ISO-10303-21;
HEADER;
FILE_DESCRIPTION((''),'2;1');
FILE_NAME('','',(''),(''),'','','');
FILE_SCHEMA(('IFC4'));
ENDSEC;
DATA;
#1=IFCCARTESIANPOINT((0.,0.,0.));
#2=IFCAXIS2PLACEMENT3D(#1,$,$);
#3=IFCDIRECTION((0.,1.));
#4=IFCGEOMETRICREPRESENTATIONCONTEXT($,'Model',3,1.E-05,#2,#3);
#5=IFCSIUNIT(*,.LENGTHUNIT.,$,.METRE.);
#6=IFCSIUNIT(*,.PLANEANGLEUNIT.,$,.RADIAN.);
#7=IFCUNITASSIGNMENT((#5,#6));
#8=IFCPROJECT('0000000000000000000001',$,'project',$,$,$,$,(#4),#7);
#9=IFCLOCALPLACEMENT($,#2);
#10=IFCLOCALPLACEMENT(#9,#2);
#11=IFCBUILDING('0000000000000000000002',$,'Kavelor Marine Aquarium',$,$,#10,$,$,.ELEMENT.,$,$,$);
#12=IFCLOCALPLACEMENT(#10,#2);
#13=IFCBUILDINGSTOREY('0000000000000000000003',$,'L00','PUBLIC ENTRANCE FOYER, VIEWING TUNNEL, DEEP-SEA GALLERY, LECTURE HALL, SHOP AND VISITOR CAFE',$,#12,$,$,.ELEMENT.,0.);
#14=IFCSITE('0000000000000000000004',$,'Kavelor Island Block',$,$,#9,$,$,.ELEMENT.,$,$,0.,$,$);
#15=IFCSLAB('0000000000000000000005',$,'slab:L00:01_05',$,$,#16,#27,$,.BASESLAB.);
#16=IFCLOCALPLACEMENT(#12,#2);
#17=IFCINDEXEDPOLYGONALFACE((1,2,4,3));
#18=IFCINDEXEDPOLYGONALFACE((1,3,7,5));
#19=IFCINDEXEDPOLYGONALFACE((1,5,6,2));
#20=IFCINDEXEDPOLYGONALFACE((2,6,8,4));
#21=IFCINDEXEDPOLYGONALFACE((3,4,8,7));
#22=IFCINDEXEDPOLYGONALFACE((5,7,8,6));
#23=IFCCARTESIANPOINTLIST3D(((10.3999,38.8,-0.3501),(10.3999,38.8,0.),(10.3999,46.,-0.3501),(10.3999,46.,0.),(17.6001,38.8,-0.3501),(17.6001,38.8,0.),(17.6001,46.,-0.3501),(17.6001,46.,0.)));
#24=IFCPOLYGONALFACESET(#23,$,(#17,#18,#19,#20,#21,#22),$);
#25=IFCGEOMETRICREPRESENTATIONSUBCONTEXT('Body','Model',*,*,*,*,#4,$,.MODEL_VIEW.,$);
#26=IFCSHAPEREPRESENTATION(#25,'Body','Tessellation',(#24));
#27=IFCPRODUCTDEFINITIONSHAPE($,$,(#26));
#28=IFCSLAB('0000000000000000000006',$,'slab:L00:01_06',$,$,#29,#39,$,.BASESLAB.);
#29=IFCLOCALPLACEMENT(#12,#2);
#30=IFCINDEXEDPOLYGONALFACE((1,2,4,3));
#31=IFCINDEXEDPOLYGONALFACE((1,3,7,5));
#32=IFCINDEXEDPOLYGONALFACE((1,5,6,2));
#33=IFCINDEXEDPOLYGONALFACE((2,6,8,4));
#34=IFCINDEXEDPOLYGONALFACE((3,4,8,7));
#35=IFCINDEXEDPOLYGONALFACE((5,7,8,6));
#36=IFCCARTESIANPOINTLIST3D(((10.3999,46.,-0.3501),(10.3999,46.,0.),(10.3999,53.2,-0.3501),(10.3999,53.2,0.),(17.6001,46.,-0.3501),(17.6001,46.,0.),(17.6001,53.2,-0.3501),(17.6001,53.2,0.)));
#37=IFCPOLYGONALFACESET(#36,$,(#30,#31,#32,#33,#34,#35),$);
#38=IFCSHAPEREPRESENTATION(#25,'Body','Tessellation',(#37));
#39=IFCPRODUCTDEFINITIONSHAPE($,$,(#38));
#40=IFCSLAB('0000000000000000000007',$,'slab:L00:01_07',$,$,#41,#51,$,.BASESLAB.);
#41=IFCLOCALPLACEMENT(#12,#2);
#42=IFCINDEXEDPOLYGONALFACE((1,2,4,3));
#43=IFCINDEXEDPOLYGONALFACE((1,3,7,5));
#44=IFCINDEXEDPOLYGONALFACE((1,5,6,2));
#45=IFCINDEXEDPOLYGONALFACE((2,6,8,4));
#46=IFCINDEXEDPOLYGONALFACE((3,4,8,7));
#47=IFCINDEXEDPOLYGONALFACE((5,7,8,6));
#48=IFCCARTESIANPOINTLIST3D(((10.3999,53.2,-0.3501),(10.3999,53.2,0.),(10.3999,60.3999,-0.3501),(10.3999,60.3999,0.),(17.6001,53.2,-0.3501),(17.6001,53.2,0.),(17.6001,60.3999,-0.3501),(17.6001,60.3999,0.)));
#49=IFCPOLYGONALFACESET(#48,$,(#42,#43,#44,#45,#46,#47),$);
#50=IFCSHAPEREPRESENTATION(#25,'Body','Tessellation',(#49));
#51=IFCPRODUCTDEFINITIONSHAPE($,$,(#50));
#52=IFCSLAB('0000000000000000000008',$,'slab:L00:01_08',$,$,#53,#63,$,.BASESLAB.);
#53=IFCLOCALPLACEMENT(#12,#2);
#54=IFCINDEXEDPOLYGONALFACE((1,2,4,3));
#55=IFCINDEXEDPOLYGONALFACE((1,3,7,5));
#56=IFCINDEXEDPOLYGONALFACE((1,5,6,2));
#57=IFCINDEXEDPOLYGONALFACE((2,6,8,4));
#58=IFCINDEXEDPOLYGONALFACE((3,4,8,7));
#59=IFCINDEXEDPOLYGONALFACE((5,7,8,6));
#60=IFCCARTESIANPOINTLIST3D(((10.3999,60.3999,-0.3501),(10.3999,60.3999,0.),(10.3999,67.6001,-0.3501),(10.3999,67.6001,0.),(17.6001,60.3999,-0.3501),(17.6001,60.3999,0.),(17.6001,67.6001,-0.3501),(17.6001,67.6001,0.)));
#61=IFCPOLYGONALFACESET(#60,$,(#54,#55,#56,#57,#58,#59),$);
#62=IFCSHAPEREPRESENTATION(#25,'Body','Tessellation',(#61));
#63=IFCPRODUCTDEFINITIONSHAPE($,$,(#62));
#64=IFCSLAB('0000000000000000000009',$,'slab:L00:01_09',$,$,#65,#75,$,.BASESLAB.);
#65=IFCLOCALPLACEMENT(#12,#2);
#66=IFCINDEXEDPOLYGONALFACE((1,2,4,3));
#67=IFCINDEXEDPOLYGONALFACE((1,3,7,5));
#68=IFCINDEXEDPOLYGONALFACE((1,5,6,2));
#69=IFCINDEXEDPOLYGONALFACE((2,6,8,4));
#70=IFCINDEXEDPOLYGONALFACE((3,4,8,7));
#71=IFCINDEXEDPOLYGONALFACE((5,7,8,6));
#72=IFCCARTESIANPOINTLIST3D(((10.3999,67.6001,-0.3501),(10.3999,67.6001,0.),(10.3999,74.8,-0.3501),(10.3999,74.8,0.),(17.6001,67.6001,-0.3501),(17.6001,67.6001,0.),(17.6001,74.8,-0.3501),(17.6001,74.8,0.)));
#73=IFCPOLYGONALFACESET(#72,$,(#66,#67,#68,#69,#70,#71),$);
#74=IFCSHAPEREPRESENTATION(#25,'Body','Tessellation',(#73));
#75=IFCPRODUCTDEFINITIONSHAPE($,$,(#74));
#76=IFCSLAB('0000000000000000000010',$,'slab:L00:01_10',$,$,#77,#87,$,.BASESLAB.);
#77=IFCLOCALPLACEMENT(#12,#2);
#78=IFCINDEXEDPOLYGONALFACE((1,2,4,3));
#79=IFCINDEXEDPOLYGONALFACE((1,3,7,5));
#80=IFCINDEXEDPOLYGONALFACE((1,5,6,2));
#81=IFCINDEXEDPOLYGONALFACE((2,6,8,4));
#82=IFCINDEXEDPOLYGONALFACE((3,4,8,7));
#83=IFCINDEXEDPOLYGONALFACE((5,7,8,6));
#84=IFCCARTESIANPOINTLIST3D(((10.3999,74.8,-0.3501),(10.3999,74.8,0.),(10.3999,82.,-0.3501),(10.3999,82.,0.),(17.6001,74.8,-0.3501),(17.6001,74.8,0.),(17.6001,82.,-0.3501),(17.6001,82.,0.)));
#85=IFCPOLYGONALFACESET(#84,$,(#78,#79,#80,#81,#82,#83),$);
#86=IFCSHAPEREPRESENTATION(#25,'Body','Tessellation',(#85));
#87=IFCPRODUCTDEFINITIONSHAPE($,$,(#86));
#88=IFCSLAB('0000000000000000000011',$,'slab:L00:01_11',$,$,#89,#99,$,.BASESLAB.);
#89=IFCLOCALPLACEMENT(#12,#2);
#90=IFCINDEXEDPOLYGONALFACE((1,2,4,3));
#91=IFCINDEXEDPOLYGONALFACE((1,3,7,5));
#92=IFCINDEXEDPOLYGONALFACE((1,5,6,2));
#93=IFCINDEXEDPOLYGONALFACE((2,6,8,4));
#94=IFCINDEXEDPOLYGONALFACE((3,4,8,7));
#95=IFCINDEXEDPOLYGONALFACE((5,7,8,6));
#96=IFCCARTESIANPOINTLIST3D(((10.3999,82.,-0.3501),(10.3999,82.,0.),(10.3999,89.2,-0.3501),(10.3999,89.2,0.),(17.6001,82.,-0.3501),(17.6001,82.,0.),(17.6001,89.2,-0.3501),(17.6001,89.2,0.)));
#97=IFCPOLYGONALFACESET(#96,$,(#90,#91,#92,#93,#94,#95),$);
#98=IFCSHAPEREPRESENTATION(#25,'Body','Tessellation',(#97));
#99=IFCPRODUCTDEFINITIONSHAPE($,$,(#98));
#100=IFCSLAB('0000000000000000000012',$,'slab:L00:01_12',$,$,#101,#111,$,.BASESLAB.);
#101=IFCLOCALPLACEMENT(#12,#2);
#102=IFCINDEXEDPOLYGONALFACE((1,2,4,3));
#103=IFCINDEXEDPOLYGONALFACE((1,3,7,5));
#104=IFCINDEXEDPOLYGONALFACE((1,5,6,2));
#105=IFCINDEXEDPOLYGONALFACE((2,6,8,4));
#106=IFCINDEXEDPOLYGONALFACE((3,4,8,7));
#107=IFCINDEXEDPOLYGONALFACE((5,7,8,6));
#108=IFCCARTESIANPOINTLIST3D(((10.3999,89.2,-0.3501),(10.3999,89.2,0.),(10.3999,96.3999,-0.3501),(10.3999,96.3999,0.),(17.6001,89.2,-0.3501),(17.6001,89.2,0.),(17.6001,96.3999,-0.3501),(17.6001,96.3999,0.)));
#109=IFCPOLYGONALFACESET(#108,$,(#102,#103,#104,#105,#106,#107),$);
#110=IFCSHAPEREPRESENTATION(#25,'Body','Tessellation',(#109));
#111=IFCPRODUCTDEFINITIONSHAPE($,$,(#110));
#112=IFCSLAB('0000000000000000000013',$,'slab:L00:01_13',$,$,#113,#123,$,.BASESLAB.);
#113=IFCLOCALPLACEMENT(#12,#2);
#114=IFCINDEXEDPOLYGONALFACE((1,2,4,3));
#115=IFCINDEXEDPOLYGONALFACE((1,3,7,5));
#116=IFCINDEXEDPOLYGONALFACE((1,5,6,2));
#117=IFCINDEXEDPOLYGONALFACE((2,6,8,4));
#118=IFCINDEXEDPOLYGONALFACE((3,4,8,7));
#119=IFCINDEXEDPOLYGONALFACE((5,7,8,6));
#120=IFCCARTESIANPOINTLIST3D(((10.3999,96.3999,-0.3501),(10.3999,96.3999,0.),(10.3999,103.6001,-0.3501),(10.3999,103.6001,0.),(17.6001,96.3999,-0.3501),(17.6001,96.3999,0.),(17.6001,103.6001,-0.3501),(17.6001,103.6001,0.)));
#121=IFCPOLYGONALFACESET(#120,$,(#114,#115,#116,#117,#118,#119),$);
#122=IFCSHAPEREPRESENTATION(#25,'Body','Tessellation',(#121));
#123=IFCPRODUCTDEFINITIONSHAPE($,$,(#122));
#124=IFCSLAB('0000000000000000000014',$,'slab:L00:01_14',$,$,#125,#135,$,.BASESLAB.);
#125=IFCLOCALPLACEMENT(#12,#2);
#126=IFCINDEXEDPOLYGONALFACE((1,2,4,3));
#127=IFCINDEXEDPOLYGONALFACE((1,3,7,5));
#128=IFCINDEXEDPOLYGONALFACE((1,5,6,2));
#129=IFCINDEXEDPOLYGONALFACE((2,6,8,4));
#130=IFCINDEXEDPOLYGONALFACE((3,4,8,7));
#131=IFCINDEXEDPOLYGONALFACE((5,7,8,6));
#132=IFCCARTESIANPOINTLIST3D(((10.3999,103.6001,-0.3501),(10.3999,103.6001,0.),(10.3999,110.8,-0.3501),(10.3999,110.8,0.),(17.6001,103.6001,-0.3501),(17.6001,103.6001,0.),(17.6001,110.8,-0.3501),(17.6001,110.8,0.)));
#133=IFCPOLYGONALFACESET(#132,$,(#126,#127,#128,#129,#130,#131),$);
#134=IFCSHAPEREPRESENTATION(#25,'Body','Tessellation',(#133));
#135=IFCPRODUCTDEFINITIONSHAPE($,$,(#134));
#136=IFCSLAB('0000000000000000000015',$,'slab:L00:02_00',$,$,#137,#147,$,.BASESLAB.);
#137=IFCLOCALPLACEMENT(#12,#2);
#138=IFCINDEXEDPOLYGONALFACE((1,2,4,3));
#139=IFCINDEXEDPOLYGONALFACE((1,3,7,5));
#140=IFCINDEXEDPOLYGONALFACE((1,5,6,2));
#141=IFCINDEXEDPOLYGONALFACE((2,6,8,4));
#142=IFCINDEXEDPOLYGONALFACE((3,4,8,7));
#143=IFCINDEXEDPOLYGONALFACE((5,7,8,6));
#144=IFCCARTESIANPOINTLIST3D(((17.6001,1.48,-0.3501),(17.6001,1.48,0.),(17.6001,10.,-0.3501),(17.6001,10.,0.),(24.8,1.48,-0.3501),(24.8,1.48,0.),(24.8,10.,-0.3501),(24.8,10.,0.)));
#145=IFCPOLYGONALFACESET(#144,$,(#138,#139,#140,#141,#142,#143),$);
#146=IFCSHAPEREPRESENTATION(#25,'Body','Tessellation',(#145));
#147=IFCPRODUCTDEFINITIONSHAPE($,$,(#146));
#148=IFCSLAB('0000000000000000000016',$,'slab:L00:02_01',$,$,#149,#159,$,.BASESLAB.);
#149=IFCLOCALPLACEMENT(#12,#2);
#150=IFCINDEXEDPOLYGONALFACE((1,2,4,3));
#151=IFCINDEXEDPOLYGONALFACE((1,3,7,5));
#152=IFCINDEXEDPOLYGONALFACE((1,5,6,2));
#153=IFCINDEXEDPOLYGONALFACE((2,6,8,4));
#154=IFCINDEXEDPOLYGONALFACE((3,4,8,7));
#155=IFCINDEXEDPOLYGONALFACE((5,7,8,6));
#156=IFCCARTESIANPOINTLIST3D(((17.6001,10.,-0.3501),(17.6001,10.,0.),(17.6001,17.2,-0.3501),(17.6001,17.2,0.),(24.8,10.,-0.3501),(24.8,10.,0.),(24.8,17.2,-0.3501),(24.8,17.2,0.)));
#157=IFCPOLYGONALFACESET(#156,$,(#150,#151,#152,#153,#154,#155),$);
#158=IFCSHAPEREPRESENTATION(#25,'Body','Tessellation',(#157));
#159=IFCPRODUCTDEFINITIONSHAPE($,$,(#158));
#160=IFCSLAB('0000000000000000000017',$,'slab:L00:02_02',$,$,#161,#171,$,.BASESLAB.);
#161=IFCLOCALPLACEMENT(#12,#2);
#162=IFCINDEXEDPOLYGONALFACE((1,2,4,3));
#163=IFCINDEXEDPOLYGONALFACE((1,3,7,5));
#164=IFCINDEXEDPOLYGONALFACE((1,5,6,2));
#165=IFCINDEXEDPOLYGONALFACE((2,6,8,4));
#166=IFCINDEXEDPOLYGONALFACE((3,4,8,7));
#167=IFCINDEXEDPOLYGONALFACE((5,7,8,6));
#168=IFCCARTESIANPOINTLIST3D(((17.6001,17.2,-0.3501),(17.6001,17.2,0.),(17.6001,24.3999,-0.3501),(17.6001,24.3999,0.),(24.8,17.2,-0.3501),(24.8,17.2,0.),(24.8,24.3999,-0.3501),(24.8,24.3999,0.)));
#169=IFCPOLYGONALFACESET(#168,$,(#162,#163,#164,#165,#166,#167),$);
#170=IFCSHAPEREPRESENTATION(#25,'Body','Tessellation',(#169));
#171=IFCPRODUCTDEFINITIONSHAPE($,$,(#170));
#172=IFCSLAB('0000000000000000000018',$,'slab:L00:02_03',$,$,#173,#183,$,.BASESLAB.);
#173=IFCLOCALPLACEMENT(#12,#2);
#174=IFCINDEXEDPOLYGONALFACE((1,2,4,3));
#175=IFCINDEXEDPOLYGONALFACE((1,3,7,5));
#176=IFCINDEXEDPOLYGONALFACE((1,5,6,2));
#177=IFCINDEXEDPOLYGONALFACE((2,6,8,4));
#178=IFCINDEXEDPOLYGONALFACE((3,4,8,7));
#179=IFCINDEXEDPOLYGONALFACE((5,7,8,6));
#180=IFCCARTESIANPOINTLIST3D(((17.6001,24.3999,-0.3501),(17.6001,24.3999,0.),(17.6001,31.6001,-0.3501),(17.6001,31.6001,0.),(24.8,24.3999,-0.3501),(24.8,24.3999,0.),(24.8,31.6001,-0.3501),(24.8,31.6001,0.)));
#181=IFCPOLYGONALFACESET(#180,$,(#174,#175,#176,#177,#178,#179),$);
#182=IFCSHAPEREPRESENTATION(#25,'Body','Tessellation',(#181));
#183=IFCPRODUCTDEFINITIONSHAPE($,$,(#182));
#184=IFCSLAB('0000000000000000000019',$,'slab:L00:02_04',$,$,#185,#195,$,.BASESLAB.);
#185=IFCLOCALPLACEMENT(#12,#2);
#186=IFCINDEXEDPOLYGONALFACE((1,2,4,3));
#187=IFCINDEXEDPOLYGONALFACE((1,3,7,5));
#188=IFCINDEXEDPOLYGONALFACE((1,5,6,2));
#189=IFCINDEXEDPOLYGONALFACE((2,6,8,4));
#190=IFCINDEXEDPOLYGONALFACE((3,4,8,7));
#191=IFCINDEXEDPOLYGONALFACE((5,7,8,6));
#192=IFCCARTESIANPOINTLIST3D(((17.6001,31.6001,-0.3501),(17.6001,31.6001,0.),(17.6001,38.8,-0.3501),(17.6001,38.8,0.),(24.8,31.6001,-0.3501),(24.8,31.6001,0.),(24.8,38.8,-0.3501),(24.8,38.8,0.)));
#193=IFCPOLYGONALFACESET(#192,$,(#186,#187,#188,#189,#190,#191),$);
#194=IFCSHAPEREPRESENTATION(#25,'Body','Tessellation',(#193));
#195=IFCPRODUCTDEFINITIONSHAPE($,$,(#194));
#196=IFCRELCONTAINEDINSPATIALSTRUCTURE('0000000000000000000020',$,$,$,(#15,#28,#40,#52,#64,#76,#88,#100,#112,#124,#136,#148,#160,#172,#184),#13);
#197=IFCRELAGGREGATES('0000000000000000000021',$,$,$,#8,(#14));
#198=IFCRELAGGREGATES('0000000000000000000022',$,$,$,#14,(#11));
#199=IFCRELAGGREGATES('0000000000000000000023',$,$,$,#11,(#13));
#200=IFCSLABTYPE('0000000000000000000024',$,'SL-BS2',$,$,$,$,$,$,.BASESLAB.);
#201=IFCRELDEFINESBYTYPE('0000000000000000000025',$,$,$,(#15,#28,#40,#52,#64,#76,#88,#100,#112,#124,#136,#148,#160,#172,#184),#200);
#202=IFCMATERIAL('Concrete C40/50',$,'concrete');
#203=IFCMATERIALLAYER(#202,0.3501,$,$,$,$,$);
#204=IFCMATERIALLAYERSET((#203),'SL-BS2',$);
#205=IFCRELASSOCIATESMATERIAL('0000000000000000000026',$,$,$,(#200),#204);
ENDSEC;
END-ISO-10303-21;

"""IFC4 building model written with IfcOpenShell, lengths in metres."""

from ifc_helpers import new_model, si_unit, direction, frame, origin, place, context, subcontext, project, spatial, polyline, outline, extrude, material, layer, layer_set, type_object, element, save


model = new_model("IFC4")

# Units and contexts
model_context = context("Model", 3, precision=1e-05, world=origin(), true_north=direction((0.0, 1.0)))
body_context = subcontext(model_context, "Body", "Model", "MODEL_VIEW")
ifc_project = project(units=[si_unit("LENGTHUNIT", "METRE"), si_unit("PLANEANGLEUNIT", "RADIAN")], contexts=[model_context])

# Site, building, storey
site_placement = place(None, origin())
site = spatial("IfcSite", under=ifc_project, at=site_placement, Name="Kavelor Island Block", CompositionType="ELEMENT", RefElevation=0.0)
building_placement = place(site_placement, origin())
building = spatial("IfcBuilding", under=site, at=building_placement, Name="Kavelor Marine Aquarium", CompositionType="ELEMENT")
storey_placement = place(building_placement, origin())
storey = spatial("IfcBuildingStorey", under=building, at=storey_placement, Name="L00", Description="PUBLIC ENTRANCE FOYER, VIEWING TUNNEL, DEEP-SEA GALLERY, LECTURE HALL, SHOP AND VISITOR CAFE", CompositionType="ELEMENT", Elevation=0.0)

# Slabs
ifc_material = material(Name="Concrete C40/50", Category="concrete")
ifc_layer = layer(ifc_material, 0.3501)
ifc_layer_set = layer_set([ifc_layer], Name="SL-BS2")
slab_type = type_object("IfcSlabType", Name="SL-BS2", PredefinedType="BASESLAB", material=ifc_layer_set)
slab_1_placement = place(storey_placement, frame((0.0, 0.0, -0.3501)))
element("IfcSlab", 1, at=slab_1_placement, inside=storey, type_object=slab_type, Name="slab:L00:01_05", PredefinedType="BASESLAB", context=body_context, shape_type="SweptSolid", body=[
    extrude(outline(polyline([(10.3999, 38.8), (17.6001, 38.8), (17.6001, 46.0), (10.3999, 46.0), (10.3999, 38.8)])), origin(), (0.0, 0.0, 1.0), 0.3501),
])
slab_2_placement = place(storey_placement, frame((0.0, 0.0, -0.3501)))
element("IfcSlab", 2, at=slab_2_placement, inside=storey, type_object=slab_type, Name="slab:L00:01_06", PredefinedType="BASESLAB", context=body_context, shape_type="SweptSolid", body=[
    extrude(outline(polyline([(10.3999, 46.0), (17.6001, 46.0), (17.6001, 53.2), (10.3999, 53.2), (10.3999, 46.0)])), origin(), (0.0, 0.0, 1.0), 0.3501),
])
slab_3_placement = place(storey_placement, frame((0.0, 0.0, -0.3501)))
element("IfcSlab", 3, at=slab_3_placement, inside=storey, type_object=slab_type, Name="slab:L00:01_07", PredefinedType="BASESLAB", context=body_context, shape_type="SweptSolid", body=[
    extrude(outline(polyline([(10.3999, 53.2), (17.6001, 53.2), (17.6001, 60.3999), (10.3999, 60.3999), (10.3999, 53.2)])), origin(), (0.0, 0.0, 1.0), 0.3501),
])
slab_4_placement = place(storey_placement, frame((0.0, 0.0, -0.3501)))
element("IfcSlab", 4, at=slab_4_placement, inside=storey, type_object=slab_type, Name="slab:L00:01_08", PredefinedType="BASESLAB", context=body_context, shape_type="SweptSolid", body=[
    extrude(outline(polyline([(10.3999, 60.3999), (17.6001, 60.3999), (17.6001, 67.6001), (10.3999, 67.6001), (10.3999, 60.3999)])), origin(), (0.0, 0.0, 1.0), 0.3501),
])
slab_5_placement = place(storey_placement, frame((0.0, 0.0, -0.3501)))
element("IfcSlab", 5, at=slab_5_placement, inside=storey, type_object=slab_type, Name="slab:L00:01_09", PredefinedType="BASESLAB", context=body_context, shape_type="SweptSolid", body=[
    extrude(outline(polyline([(10.3999, 67.6001), (17.6001, 67.6001), (17.6001, 74.8), (10.3999, 74.8), (10.3999, 67.6001)])), origin(), (0.0, 0.0, 1.0), 0.3501),
])
slab_6_placement = place(storey_placement, frame((0.0, 0.0, -0.3501)))
element("IfcSlab", 6, at=slab_6_placement, inside=storey, type_object=slab_type, Name="slab:L00:01_10", PredefinedType="BASESLAB", context=body_context, shape_type="SweptSolid", body=[
    extrude(outline(polyline([(10.3999, 74.8), (17.6001, 74.8), (17.6001, 82.0), (10.3999, 82.0), (10.3999, 74.8)])), origin(), (0.0, 0.0, 1.0), 0.3501),
])
slab_7_placement = place(storey_placement, frame((0.0, 0.0, -0.3501)))
element("IfcSlab", 7, at=slab_7_placement, inside=storey, type_object=slab_type, Name="slab:L00:01_11", PredefinedType="BASESLAB", context=body_context, shape_type="SweptSolid", body=[
    extrude(outline(polyline([(10.3999, 82.0), (17.6001, 82.0), (17.6001, 89.2), (10.3999, 89.2), (10.3999, 82.0)])), origin(), (0.0, 0.0, 1.0), 0.3501),
])
slab_8_placement = place(storey_placement, frame((0.0, 0.0, -0.3501)))
element("IfcSlab", 8, at=slab_8_placement, inside=storey, type_object=slab_type, Name="slab:L00:01_12", PredefinedType="BASESLAB", context=body_context, shape_type="SweptSolid", body=[
    extrude(outline(polyline([(10.3999, 89.2), (17.6001, 89.2), (17.6001, 96.3999), (10.3999, 96.3999), (10.3999, 89.2)])), origin(), (0.0, 0.0, 1.0), 0.3501),
])
slab_9_placement = place(storey_placement, frame((0.0, 0.0, -0.3501)))
element("IfcSlab", 9, at=slab_9_placement, inside=storey, type_object=slab_type, Name="slab:L00:01_13", PredefinedType="BASESLAB", context=body_context, shape_type="SweptSolid", body=[
    extrude(outline(polyline([(10.3999, 96.3999), (17.6001, 96.3999), (17.6001, 103.6001), (10.3999, 103.6001), (10.3999, 96.3999)])), origin(), (0.0, 0.0, 1.0), 0.3501),
])
slab_10_placement = place(storey_placement, frame((0.0, 0.0, -0.3501)))
element("IfcSlab", 10, at=slab_10_placement, inside=storey, type_object=slab_type, Name="slab:L00:01_14", PredefinedType="BASESLAB", context=body_context, shape_type="SweptSolid", body=[
    extrude(outline(polyline([(10.3999, 103.6001), (17.6001, 103.6001), (17.6001, 110.8), (10.3999, 110.8), (10.3999, 103.6001)])), origin(), (0.0, 0.0, 1.0), 0.3501),
])
slab_11_placement = place(storey_placement, frame((0.0, 0.0, -0.3501)))
element("IfcSlab", 11, at=slab_11_placement, inside=storey, type_object=slab_type, Name="slab:L00:02_00", PredefinedType="BASESLAB", context=body_context, shape_type="SweptSolid", body=[
    extrude(outline(polyline([(17.6001, 1.48), (24.8, 1.48), (24.8, 10.0), (17.6001, 10.0), (17.6001, 1.48)])), origin(), (0.0, 0.0, 1.0), 0.3501),
])
slab_12_placement = place(storey_placement, frame((0.0, 0.0, -0.3501)))
element("IfcSlab", 12, at=slab_12_placement, inside=storey, type_object=slab_type, Name="slab:L00:02_01", PredefinedType="BASESLAB", context=body_context, shape_type="SweptSolid", body=[
    extrude(outline(polyline([(17.6001, 10.0), (24.8, 10.0), (24.8, 17.2), (17.6001, 17.2), (17.6001, 10.0)])), origin(), (0.0, 0.0, 1.0), 0.3501),
])
slab_13_placement = place(storey_placement, frame((0.0, 0.0, -0.3501)))
element("IfcSlab", 13, at=slab_13_placement, inside=storey, type_object=slab_type, Name="slab:L00:02_02", PredefinedType="BASESLAB", context=body_context, shape_type="SweptSolid", body=[
    extrude(outline(polyline([(17.6001, 17.2), (24.8, 17.2), (24.8, 24.3999), (17.6001, 24.3999), (17.6001, 17.2)])), origin(), (0.0, 0.0, 1.0), 0.3501),
])
slab_14_placement = place(storey_placement, frame((0.0, 0.0, -0.3501)))
element("IfcSlab", 14, at=slab_14_placement, inside=storey, type_object=slab_type, Name="slab:L00:02_03", PredefinedType="BASESLAB", context=body_context, shape_type="SweptSolid", body=[
    extrude(outline(polyline([(17.6001, 24.3999), (24.8, 24.3999), (24.8, 31.6001), (17.6001, 31.6001), (17.6001, 24.3999)])), origin(), (0.0, 0.0, 1.0), 0.3501),
])
slab_15_placement = place(storey_placement, frame((0.0, 0.0, -0.3501)))
element("IfcSlab", 15, at=slab_15_placement, inside=storey, type_object=slab_type, Name="slab:L00:02_04", PredefinedType="BASESLAB", context=body_context, shape_type="SweptSolid", body=[
    extrude(outline(polyline([(17.6001, 31.6001), (24.8, 31.6001), (24.8, 38.8), (17.6001, 38.8), (17.6001, 31.6001)])), origin(), (0.0, 0.0, 1.0), 0.3501),
])

save(model, "model.ifc")
